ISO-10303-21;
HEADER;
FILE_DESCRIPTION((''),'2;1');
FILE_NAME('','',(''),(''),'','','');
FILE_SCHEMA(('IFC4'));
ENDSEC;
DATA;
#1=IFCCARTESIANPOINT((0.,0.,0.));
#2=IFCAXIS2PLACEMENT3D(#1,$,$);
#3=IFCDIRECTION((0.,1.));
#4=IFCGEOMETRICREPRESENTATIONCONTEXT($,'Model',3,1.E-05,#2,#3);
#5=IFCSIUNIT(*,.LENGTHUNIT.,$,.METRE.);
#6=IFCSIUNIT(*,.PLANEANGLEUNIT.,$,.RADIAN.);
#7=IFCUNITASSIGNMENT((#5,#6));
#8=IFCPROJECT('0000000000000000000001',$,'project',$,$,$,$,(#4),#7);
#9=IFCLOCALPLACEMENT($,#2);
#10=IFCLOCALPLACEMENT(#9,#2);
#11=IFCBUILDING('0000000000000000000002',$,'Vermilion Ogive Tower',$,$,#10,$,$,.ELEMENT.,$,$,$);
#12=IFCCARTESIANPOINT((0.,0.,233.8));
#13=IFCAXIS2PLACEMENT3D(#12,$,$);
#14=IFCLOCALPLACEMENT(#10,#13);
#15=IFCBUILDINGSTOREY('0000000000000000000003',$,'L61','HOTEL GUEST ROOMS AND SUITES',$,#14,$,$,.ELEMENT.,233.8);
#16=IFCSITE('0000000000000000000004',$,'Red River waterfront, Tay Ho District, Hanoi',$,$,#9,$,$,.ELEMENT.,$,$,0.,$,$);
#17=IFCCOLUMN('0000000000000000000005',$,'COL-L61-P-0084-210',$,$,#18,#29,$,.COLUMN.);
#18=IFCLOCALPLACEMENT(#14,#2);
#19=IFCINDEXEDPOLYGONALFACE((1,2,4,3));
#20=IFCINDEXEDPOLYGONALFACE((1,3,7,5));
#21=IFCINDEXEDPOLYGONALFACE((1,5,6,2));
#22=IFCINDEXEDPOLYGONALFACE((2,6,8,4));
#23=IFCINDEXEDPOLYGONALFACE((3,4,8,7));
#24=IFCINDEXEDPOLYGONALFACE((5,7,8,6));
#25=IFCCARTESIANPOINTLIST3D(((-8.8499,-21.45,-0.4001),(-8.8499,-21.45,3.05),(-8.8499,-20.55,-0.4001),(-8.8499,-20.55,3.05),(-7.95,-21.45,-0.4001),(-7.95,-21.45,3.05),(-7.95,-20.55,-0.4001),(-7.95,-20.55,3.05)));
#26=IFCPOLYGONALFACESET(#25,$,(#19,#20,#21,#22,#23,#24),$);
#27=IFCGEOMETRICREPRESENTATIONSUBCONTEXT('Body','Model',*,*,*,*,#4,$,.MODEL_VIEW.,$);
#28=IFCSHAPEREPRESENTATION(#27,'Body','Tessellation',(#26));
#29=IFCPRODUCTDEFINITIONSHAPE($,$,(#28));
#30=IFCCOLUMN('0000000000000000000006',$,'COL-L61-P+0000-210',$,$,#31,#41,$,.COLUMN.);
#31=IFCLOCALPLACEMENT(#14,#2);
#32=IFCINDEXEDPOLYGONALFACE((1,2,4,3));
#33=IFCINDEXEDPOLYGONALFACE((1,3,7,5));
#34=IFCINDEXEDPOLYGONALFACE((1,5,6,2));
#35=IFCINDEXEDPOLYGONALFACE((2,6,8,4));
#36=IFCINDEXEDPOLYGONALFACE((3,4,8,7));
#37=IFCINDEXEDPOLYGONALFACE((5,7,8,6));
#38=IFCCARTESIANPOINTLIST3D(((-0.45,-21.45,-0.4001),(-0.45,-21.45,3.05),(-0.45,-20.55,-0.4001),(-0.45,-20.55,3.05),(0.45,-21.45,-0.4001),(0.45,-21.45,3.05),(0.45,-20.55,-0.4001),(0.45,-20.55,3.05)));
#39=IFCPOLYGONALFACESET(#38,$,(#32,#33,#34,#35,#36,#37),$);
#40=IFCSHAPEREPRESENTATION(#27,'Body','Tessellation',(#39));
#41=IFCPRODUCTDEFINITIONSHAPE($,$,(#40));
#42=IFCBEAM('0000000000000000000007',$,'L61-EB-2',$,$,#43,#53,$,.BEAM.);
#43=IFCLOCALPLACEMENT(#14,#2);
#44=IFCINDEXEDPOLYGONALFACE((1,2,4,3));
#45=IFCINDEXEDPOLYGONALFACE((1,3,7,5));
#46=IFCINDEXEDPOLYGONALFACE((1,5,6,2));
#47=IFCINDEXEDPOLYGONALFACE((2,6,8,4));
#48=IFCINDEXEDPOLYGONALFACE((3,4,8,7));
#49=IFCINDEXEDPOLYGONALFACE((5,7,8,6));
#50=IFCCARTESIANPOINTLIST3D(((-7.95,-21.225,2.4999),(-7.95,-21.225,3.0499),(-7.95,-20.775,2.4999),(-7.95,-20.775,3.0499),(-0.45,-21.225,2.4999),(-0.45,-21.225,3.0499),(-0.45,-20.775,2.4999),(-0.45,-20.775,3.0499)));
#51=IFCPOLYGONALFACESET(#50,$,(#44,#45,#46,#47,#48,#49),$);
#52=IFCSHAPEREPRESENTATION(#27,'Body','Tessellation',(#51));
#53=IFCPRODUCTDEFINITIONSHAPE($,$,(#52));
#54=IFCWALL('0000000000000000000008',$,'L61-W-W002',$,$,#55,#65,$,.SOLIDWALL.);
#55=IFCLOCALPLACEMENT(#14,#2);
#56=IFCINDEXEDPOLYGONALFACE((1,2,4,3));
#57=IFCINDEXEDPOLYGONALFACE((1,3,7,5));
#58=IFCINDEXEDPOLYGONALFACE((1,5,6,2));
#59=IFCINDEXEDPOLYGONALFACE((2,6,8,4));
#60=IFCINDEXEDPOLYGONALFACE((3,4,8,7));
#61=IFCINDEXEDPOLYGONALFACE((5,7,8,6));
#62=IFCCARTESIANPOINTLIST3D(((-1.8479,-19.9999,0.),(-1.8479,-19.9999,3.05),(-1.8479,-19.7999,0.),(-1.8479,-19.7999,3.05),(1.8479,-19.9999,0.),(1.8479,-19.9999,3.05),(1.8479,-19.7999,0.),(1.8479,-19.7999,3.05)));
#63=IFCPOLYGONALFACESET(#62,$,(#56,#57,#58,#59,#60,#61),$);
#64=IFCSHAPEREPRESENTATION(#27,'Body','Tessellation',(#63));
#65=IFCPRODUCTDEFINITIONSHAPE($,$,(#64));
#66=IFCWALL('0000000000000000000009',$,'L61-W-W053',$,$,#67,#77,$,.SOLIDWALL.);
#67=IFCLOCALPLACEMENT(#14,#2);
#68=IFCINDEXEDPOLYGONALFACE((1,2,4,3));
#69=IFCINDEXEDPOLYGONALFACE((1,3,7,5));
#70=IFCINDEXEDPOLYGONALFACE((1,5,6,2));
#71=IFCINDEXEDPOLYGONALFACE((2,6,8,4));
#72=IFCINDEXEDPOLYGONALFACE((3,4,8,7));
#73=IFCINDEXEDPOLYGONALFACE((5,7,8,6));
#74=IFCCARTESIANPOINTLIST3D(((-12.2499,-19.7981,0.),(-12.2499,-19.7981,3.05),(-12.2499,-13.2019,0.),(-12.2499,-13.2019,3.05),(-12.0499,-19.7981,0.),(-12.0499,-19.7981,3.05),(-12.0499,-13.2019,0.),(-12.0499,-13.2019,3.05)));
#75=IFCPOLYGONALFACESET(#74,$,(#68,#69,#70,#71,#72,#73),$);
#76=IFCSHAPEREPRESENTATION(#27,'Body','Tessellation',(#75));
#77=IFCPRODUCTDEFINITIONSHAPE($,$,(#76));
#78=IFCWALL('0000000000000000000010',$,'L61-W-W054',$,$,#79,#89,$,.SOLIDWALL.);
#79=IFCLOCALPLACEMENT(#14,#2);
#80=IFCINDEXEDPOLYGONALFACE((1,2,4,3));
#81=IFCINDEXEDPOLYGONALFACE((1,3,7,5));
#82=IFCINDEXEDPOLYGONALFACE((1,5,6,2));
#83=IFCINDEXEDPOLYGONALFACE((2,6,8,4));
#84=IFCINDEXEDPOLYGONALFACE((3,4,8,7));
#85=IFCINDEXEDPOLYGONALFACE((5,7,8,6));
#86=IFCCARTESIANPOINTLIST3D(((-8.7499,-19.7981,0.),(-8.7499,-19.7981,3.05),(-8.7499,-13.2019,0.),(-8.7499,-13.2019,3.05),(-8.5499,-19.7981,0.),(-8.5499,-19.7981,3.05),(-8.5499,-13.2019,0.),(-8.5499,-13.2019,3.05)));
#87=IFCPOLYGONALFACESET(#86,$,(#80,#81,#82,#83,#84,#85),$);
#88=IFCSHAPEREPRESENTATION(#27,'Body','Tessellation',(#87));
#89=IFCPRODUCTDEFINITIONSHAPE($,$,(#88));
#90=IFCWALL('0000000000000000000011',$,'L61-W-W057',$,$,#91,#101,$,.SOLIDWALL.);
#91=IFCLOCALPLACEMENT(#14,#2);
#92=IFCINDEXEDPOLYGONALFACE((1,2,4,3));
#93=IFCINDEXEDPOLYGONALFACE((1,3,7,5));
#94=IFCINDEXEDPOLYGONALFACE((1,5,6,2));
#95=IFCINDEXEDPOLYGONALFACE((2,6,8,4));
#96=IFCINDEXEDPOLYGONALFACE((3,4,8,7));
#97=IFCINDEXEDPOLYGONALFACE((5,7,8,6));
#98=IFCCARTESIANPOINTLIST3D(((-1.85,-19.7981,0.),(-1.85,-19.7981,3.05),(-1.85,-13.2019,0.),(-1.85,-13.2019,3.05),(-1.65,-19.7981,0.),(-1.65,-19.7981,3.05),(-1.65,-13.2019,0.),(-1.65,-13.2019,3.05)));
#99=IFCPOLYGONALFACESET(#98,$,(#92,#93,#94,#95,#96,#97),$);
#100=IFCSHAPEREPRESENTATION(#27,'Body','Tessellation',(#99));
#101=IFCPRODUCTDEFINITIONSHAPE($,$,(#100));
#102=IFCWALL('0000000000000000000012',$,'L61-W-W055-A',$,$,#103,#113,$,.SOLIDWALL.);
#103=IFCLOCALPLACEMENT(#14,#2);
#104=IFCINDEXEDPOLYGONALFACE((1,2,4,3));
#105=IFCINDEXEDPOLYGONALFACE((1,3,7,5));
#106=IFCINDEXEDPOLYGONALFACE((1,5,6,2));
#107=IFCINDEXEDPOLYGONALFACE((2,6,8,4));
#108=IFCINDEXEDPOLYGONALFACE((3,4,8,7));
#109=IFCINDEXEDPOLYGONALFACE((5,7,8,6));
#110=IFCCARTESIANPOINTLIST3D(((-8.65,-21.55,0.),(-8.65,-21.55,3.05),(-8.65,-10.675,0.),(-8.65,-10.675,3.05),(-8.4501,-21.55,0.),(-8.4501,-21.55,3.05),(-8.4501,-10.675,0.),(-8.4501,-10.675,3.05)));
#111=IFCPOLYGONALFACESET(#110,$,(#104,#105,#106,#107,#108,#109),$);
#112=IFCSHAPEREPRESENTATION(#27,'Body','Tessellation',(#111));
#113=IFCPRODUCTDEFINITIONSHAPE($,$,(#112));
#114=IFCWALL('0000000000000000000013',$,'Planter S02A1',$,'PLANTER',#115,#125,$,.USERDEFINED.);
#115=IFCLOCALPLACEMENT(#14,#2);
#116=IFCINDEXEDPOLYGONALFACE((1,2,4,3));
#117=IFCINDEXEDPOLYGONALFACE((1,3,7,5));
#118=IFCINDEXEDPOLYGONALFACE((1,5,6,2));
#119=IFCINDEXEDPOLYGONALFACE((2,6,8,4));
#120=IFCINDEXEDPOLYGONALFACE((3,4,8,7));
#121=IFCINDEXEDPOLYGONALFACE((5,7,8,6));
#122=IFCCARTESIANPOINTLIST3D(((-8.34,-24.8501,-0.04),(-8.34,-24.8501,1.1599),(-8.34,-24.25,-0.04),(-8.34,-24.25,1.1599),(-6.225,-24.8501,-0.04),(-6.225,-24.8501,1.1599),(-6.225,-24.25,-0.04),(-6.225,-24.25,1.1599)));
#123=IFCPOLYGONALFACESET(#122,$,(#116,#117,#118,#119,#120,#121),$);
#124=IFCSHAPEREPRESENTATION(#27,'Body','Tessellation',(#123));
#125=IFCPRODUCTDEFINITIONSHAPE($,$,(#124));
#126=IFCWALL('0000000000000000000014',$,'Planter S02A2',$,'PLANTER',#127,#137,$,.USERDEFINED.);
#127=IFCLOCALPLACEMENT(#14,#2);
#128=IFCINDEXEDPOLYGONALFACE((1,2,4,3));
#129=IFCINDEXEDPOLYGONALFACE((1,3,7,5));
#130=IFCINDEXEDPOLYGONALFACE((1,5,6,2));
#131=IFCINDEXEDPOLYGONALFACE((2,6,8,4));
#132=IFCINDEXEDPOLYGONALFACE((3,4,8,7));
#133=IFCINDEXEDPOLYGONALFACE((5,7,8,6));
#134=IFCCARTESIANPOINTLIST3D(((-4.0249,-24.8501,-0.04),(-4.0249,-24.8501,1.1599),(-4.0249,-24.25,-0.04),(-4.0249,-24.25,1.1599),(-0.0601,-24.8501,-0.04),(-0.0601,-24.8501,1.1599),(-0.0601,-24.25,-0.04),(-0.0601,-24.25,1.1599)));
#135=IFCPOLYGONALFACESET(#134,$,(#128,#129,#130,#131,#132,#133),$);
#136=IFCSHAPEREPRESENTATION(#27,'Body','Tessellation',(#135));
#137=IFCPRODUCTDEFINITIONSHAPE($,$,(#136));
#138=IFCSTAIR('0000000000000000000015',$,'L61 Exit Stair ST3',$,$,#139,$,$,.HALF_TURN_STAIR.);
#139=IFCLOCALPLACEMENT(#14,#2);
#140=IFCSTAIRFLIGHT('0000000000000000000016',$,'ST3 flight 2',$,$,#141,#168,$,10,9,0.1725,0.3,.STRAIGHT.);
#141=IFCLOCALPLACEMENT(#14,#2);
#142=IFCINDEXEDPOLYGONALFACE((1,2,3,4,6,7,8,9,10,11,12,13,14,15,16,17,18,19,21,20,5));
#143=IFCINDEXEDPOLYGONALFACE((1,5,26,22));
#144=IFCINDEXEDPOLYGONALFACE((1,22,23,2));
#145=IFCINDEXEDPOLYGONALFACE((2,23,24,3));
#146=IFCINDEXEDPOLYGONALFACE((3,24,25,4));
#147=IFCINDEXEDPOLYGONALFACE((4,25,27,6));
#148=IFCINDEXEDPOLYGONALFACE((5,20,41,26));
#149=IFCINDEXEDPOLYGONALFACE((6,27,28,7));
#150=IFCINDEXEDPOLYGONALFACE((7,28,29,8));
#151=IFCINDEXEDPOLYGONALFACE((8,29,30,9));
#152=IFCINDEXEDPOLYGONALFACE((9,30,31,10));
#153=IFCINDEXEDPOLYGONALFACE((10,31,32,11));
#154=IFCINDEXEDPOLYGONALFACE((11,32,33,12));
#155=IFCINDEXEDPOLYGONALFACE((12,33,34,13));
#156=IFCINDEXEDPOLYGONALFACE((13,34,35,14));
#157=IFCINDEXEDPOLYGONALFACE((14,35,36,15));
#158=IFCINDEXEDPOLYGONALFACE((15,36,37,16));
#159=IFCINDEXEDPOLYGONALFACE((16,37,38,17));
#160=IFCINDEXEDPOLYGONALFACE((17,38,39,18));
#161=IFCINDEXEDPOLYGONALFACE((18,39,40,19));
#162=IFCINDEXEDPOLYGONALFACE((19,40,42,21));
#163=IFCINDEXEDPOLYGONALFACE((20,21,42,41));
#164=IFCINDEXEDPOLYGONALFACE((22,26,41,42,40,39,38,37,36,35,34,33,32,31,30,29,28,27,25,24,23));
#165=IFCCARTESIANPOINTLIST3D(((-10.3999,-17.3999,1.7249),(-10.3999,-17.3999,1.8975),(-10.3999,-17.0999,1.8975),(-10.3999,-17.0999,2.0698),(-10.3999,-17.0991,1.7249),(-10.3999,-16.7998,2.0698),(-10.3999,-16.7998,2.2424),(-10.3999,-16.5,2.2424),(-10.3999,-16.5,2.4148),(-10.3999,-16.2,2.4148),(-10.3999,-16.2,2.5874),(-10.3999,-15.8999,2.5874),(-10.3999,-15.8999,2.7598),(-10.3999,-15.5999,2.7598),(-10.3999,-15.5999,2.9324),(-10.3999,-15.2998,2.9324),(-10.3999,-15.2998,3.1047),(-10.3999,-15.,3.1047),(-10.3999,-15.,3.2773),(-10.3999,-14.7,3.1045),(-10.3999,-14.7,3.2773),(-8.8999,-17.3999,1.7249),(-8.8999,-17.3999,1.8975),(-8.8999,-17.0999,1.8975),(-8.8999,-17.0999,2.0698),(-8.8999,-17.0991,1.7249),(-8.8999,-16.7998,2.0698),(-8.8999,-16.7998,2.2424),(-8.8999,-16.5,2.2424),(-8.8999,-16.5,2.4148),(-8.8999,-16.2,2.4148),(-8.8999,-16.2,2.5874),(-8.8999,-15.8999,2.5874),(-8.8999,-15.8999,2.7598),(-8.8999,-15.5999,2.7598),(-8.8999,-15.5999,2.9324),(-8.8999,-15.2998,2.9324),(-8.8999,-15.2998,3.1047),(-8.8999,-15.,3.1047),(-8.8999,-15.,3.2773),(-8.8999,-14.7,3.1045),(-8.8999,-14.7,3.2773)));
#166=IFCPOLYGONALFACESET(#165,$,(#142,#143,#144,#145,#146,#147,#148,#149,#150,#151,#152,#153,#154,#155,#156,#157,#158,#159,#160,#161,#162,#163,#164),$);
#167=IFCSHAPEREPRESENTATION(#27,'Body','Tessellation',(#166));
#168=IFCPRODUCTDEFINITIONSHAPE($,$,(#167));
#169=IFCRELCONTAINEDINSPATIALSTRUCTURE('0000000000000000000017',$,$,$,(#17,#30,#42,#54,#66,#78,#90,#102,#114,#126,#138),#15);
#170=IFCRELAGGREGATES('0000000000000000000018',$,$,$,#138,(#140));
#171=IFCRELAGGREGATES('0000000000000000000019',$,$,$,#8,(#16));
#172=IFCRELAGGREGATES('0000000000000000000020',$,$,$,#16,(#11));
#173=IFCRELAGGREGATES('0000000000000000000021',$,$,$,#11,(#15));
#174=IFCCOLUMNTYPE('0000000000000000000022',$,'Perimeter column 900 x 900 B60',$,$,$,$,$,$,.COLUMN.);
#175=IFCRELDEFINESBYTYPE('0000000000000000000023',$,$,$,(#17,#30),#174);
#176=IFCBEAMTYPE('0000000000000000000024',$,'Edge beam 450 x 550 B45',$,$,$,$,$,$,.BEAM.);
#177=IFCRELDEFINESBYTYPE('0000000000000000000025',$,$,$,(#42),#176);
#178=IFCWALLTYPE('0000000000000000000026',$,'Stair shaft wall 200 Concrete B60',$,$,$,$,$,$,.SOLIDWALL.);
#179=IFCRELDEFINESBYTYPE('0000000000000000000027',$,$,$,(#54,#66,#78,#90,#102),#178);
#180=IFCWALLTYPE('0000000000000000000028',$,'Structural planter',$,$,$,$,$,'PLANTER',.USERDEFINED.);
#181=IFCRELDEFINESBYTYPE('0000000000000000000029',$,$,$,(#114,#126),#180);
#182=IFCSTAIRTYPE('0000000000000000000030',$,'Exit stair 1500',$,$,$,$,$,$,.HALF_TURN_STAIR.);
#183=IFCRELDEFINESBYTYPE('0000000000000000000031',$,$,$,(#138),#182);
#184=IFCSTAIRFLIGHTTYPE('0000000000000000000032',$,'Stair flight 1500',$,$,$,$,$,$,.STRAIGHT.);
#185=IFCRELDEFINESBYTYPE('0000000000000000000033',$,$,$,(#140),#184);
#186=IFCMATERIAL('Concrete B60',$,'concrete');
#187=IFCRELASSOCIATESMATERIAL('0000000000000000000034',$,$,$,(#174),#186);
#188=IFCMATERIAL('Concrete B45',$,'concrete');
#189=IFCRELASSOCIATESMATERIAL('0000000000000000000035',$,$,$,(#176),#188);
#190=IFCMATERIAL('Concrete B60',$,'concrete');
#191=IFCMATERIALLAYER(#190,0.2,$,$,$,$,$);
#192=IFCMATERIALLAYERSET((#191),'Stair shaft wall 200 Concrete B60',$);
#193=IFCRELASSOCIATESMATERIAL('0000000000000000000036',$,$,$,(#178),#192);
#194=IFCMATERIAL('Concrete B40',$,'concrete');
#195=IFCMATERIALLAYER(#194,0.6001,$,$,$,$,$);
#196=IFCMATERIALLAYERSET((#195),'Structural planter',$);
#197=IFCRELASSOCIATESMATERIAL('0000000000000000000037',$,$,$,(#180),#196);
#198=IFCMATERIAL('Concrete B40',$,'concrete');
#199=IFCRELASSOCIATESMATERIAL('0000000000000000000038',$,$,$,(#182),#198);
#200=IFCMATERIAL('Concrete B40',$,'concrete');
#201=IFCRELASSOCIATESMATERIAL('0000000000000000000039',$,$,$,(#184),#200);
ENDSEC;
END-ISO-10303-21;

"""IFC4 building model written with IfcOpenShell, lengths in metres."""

from ifc_helpers import new_model, si_unit, direction, frame, frame_2d, origin, origin_2d, place, context, subcontext, project, spatial, polyline, rectangle, outline, extrude, material, layer, layer_set, material_profile, profile_set, type_object, element, aggregate, save


model = new_model("IFC4")

# Units and contexts
model_context = context("Model", 3, precision=1e-05, world=origin(), true_north=direction((0.0, 1.0)))
body_context = subcontext(model_context, "Body", "Model", "MODEL_VIEW")
ifc_project = project(units=[si_unit("LENGTHUNIT", "METRE"), si_unit("PLANEANGLEUNIT", "RADIAN")], contexts=[model_context])

# Site, building, storey
site_placement = place(None, origin())
site = spatial("IfcSite", under=ifc_project, at=site_placement, Name="Red River waterfront, Tay Ho District, Hanoi", CompositionType="ELEMENT", RefElevation=0.0)
building_placement = place(site_placement, origin())
building = spatial("IfcBuilding", under=site, at=building_placement, Name="Vermilion Ogive Tower", CompositionType="ELEMENT")
storey_placement = place(building_placement, frame((0.0, 0.0, 233.8)))
storey = spatial("IfcBuildingStorey", under=building, at=storey_placement, Name="L61", Description="HOTEL GUEST ROOMS AND SUITES", CompositionType="ELEMENT", Elevation=233.8)

# Columns
ifc_material_1 = material(Name="Concrete B60", Category="concrete")
ifc_material_profile_1 = material_profile(ifc_material_1, rectangle(XDim=0.8999, YDim=0.8999, at=origin_2d()), Name="900 x 900")
ifc_profile_set_1 = profile_set([ifc_material_profile_1], Name="Concrete B60")
column_type = type_object("IfcColumnType", Name="Perimeter column 900 x 900 B60", PredefinedType="COLUMN", material=ifc_profile_set_1)
for number, where, z_axis, x_axis, name in (
    (1, (-8.3999, -21.0, -0.4001), (0.0, 0.0, 1.0), (1.0, 0.0, 0.0), "COL-L61-P-0084-210"),
    (2, (0.0, -21.0, -0.4001), (0.0, 0.0, 1.0), (1.0, 0.0, 0.0), "COL-L61-P+0000-210"),
):
    element("IfcColumn", number, at=place(storey_placement, frame(where, z_axis=z_axis, x_axis=x_axis)), inside=storey, type_object=column_type, Name=name, PredefinedType="COLUMN", context=body_context, shape_type="SweptSolid", body=[
        extrude(rectangle(XDim=0.8999, YDim=0.8999, at=origin_2d()), origin(), (0.0, 0.0, 1.0), 3.4502),
    ])

# Beam
ifc_material_2 = material(Name="Concrete B45", Category="concrete")
ifc_material_profile_2 = material_profile(ifc_material_2, rectangle(XDim=0.45, YDim=0.55, at=origin_2d()), Name="450 x 550")
ifc_profile_set_2 = profile_set([ifc_material_profile_2], Name="Concrete B45")
beam_type = type_object("IfcBeamType", Name="Edge beam 450 x 550 B45", PredefinedType="BEAM", material=ifc_profile_set_2)
beam_placement = place(storey_placement, frame((-7.95, -21.0, 2.7749), z_axis=(1.0, 0.0, 0.0), x_axis=(0.0, 1.0, 0.0)))
element("IfcBeam", 3, at=beam_placement, inside=storey, type_object=beam_type, Name="L61-EB-2", PredefinedType="BEAM", context=body_context, shape_type="SweptSolid", body=[
    extrude(rectangle(XDim=0.45, YDim=0.55, at=origin_2d()), origin(), (0.0, 0.0, 1.0), 7.5),
])

# Walls
ifc_material_3 = material(Name="Concrete B60", Category="concrete")
ifc_layer_1 = layer(ifc_material_3, 0.2)
ifc_layer_set_1 = layer_set([ifc_layer_1], Name="Stair shaft wall 200 Concrete B60")
wall_type_1 = type_object("IfcWallType", Name="Stair shaft wall 200 Concrete B60", PredefinedType="SOLIDWALL", material=ifc_layer_set_1)
wall_1_placement = place(storey_placement, frame((-1.8479, -19.8999, 0.0), z_axis=(0.0, 0.0, 1.0), x_axis=(1.0, 0.0, 0.0)))
element("IfcWall", 4, at=wall_1_placement, inside=storey, type_object=wall_type_1, Name="L61-W-W002", PredefinedType="SOLIDWALL", context=body_context, shape_type="SweptSolid", body=[
    extrude(rectangle(XDim=3.6958, YDim=0.2, at=frame_2d((1.8479, 0.0))), origin(), (0.0, 0.0, 1.0), 3.05),
])
for number, where, z_axis, x_axis, name in (
    (5, (-12.1499, -19.7981, 0.0), (0.0, 0.0, 1.0), (0.0, 1.0, 0.0), "L61-W-W053"),
    (6, (-8.6499, -19.7981, 0.0), (0.0, 0.0, 1.0), (0.0, 1.0, 0.0), "L61-W-W054"),
    (7, (-1.75, -19.7981, 0.0), (0.0, 0.0, 1.0), (0.0, 1.0, 0.0), "L61-W-W057"),
):
    element("IfcWall", number, at=place(storey_placement, frame(where, z_axis=z_axis, x_axis=x_axis)), inside=storey, type_object=wall_type_1, Name=name, PredefinedType="SOLIDWALL", context=body_context, shape_type="SweptSolid", body=[
        extrude(rectangle(XDim=6.5962, YDim=0.2, at=frame_2d((3.2981, 0.0))), origin(), (0.0, 0.0, 1.0), 3.05),
    ])
wall_2_placement = place(storey_placement, frame((-8.55, -21.55, 0.0), z_axis=(0.0, 0.0, 1.0), x_axis=(0.0, 1.0, 0.0)))
element("IfcWall", 8, at=wall_2_placement, inside=storey, type_object=wall_type_1, Name="L61-W-W055-A", PredefinedType="SOLIDWALL", context=body_context, shape_type="SweptSolid", body=[
    extrude(rectangle(XDim=10.875, YDim=0.2, at=frame_2d((5.4375, 0.0))), origin(), (0.0, 0.0, 1.0), 3.05),
])
ifc_material_4 = material(Name="Concrete B40", Category="concrete")
ifc_layer_2 = layer(ifc_material_4, 0.6001)
ifc_layer_set_2 = layer_set([ifc_layer_2], Name="Structural planter")
wall_type_2 = type_object("IfcWallType", Name="Structural planter", ElementType="PLANTER", PredefinedType="USERDEFINED", material=ifc_layer_set_2)
wall_3_placement = place(storey_placement, frame((-8.3401, -24.55, -0.04), z_axis=(0.0, 0.0, 1.0), x_axis=(1.0, 0.0, 0.0)))
element("IfcWall", 9, at=wall_3_placement, inside=storey, type_object=wall_type_2, Name="Planter S02A1", ObjectType="PLANTER", PredefinedType="USERDEFINED", context=body_context, shape_type="SweptSolid", body=[
    extrude(rectangle(XDim=2.115, YDim=0.6001, at=frame_2d((1.0576, 0.0))), origin(), (0.0, 0.0, 1.0), 1.2),
])
wall_4_placement = place(storey_placement, frame((-4.0249, -24.55, -0.04), z_axis=(0.0, 0.0, 1.0), x_axis=(1.0, 0.0, 0.0)))
element("IfcWall", 10, at=wall_4_placement, inside=storey, type_object=wall_type_2, Name="Planter S02A2", ObjectType="PLANTER", PredefinedType="USERDEFINED", context=body_context, shape_type="SweptSolid", body=[
    extrude(rectangle(XDim=3.9648, YDim=0.6001, at=frame_2d((1.9824, 0.0))), origin(), (0.0, 0.0, 1.0), 1.2),
])

# Stair, stair flight
ifc_material_5 = material(Name="Concrete B40", Category="concrete")
stair_type = type_object("IfcStairType", Name="Exit stair 1500", PredefinedType="HALF_TURN_STAIR", material=ifc_material_5)
stair_placement = place(storey_placement, origin())
stair = element("IfcStair", 11, at=stair_placement, inside=storey, type_object=stair_type, Name="L61 Exit Stair ST3", PredefinedType="HALF_TURN_STAIR")
ifc_material_6 = material(Name="Concrete B40", Category="concrete")
stair_flight_type = type_object("IfcStairFlightType", Name="Stair flight 1500", PredefinedType="STRAIGHT", material=ifc_material_6)
stair_flight_placement = place(storey_placement, frame((-9.6499, -17.3999, 1.7249), z_axis=(0.0, 0.0, 1.0), x_axis=(0.0, 1.0, 0.0)))
stair_flight = element("IfcStairFlight", 12, at=stair_flight_placement, type_object=stair_flight_type, Name="ST3 flight 2", NumberOfRisers=10, NumberOfTreads=9, PredefinedType="STRAIGHT", RiserHeight=0.1725, TreadLength=0.3, context=body_context, shape_type="SweptSolid", body=[
    extrude(outline(polyline([(0.0, 0.0), (0.0, 0.1726), (0.3, 0.1726), (0.3, 0.345), (0.6001, 0.345), (0.6001, 0.5176), (0.8999, 0.5176), (0.8999, 0.6899), (1.2, 0.6899), (1.2, 0.8625), (1.5, 0.8625), (1.5, 1.0349), (1.8, 1.0349), (1.8, 1.2075), (2.1001, 1.2075), (2.1001, 1.3799), (2.3999, 1.3799), (2.3999, 1.5525), (2.7, 1.5525), (2.7, 1.7251), (2.7, 1.3796), (0.3008, 0.0), (0.0, 0.0)])), frame((0.0, 0.75, 0.0), z_axis=(0.0, -1.0, 0.0), x_axis=(1.0, 0.0, 0.0)), (0.0, 0.0, 1.0), 1.5),
])
aggregate(stair, [stair_flight])

save(model, "model.ifc")
